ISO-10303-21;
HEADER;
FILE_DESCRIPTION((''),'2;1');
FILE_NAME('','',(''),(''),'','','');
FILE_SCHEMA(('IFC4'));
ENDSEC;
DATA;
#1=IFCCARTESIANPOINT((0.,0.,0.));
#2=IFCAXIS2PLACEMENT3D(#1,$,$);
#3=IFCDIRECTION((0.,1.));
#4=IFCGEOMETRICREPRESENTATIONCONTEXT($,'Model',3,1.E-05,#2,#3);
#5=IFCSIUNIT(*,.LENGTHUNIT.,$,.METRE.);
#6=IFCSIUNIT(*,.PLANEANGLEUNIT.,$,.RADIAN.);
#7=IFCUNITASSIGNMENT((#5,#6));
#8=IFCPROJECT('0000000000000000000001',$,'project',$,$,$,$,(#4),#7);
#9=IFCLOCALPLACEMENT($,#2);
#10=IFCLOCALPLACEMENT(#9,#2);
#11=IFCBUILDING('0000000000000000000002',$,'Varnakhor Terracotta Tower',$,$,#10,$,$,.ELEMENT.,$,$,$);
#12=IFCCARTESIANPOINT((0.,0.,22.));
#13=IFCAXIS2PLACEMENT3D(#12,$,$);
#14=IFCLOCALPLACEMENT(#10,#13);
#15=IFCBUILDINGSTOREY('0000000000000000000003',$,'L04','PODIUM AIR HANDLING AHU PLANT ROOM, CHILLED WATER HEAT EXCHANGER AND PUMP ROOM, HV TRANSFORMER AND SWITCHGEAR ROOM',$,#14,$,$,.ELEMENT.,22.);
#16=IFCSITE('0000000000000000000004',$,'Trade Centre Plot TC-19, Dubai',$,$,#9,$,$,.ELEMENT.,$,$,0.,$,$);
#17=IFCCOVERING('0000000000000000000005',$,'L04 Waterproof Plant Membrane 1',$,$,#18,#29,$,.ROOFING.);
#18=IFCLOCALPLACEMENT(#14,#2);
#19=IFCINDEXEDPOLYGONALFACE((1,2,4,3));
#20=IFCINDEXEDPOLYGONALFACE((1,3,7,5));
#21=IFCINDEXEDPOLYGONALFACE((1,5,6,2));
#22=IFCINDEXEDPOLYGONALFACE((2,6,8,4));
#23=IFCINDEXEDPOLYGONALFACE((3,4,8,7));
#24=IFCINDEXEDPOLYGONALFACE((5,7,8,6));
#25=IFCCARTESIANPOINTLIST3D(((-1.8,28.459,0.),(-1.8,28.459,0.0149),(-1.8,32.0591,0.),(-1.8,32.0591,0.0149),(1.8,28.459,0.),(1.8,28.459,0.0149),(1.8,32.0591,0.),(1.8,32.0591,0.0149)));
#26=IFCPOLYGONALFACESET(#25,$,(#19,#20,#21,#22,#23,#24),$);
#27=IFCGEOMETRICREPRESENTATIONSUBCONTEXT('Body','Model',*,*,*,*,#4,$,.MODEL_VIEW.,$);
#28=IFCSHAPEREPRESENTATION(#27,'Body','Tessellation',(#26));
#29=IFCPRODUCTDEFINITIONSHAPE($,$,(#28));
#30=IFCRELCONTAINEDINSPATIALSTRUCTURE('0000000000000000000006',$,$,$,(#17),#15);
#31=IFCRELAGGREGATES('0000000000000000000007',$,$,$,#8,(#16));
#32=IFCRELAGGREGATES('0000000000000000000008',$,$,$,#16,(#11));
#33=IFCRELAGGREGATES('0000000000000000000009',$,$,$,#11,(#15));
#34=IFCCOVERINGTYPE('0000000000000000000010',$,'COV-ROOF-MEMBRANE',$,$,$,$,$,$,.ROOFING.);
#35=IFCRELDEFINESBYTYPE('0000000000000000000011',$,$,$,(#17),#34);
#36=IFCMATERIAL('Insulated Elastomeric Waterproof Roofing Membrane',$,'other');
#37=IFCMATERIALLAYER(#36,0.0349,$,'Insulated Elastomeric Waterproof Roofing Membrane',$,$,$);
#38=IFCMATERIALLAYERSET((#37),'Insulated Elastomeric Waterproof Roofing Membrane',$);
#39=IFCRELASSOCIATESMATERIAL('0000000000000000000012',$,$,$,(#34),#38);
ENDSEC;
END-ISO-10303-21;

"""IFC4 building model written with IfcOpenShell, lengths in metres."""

from ifc_helpers import new_model, si_unit, direction, frame, origin, origin_2d, place, context, subcontext, project, spatial, rectangle, extrude, source, transform, mapped, material, layer, layer_set, type_object, type_shapes, element, save


model = new_model("IFC4")

# Units and contexts
model_context = context("Model", 3, precision=1e-05, world=origin(), true_north=direction((0.0, 1.0)))
body_context = subcontext(model_context, "Body", "Model", "MODEL_VIEW")
ifc_project = project(units=[si_unit("LENGTHUNIT", "METRE"), si_unit("PLANEANGLEUNIT", "RADIAN")], contexts=[model_context])

# Site, building, storey
site_placement = place(None, origin())
site = spatial("IfcSite", under=ifc_project, at=site_placement, Name="Trade Centre Plot TC-19, Dubai", CompositionType="ELEMENT", RefElevation=0.0)
building_placement = place(site_placement, origin())
building = spatial("IfcBuilding", under=site, at=building_placement, Name="Varnakhor Terracotta Tower", CompositionType="ELEMENT")
storey_placement = place(building_placement, frame((0.0, 0.0, 22.0)))
storey = spatial("IfcBuildingStorey", under=building, at=storey_placement, Name="L04", Description="PODIUM AIR HANDLING AHU PLANT ROOM, CHILLED WATER HEAT EXCHANGER AND PUMP ROOM, HV TRANSFORMER AND SWITCHGEAR ROOM", CompositionType="ELEMENT", Elevation=22.0)

# Covering
ifc_material_1 = material(Name="Insulated Elastomeric Waterproof Roofing Membrane", Category="other")
ifc_layer_1 = layer(ifc_material_1, 0.0349, Name="Insulated Elastomeric Waterproof Roofing Membrane")
ifc_layer_set_1 = layer_set([ifc_layer_1], Name="Insulated Elastomeric Waterproof Roofing Membrane")
covering_type = type_object("IfcCoveringType", Name="COV-ROOF-MEMBRANE", PredefinedType="ROOFING", material=ifc_layer_set_1)
shared_shape_1 = source(origin(), body_context, "Body", "SweptSolid", [
    extrude(rectangle(XDim=3.6001, YDim=3.6001, at=origin_2d()), origin(), (0.0, 0.0, 1.0), 0.0149),
])
type_shapes(covering_type, [shared_shape_1])
covering_placement = place(storey_placement, frame((0.0, 30.259, 0.0), z_axis=(0.0, 0.0, 1.0), x_axis=(1.0, 0.0, 0.0)))
element("IfcCovering", 1, at=covering_placement, inside=storey, type_object=covering_type, Name="L04 Waterproof Plant Membrane 1", PredefinedType="ROOFING", context=body_context, shape_type="MappedRepresentation", body=[
    mapped(shared_shape_1, transform((0.0, 0.0, 0.0), scale=1.0)),
])

save(model, "model.ifc")
